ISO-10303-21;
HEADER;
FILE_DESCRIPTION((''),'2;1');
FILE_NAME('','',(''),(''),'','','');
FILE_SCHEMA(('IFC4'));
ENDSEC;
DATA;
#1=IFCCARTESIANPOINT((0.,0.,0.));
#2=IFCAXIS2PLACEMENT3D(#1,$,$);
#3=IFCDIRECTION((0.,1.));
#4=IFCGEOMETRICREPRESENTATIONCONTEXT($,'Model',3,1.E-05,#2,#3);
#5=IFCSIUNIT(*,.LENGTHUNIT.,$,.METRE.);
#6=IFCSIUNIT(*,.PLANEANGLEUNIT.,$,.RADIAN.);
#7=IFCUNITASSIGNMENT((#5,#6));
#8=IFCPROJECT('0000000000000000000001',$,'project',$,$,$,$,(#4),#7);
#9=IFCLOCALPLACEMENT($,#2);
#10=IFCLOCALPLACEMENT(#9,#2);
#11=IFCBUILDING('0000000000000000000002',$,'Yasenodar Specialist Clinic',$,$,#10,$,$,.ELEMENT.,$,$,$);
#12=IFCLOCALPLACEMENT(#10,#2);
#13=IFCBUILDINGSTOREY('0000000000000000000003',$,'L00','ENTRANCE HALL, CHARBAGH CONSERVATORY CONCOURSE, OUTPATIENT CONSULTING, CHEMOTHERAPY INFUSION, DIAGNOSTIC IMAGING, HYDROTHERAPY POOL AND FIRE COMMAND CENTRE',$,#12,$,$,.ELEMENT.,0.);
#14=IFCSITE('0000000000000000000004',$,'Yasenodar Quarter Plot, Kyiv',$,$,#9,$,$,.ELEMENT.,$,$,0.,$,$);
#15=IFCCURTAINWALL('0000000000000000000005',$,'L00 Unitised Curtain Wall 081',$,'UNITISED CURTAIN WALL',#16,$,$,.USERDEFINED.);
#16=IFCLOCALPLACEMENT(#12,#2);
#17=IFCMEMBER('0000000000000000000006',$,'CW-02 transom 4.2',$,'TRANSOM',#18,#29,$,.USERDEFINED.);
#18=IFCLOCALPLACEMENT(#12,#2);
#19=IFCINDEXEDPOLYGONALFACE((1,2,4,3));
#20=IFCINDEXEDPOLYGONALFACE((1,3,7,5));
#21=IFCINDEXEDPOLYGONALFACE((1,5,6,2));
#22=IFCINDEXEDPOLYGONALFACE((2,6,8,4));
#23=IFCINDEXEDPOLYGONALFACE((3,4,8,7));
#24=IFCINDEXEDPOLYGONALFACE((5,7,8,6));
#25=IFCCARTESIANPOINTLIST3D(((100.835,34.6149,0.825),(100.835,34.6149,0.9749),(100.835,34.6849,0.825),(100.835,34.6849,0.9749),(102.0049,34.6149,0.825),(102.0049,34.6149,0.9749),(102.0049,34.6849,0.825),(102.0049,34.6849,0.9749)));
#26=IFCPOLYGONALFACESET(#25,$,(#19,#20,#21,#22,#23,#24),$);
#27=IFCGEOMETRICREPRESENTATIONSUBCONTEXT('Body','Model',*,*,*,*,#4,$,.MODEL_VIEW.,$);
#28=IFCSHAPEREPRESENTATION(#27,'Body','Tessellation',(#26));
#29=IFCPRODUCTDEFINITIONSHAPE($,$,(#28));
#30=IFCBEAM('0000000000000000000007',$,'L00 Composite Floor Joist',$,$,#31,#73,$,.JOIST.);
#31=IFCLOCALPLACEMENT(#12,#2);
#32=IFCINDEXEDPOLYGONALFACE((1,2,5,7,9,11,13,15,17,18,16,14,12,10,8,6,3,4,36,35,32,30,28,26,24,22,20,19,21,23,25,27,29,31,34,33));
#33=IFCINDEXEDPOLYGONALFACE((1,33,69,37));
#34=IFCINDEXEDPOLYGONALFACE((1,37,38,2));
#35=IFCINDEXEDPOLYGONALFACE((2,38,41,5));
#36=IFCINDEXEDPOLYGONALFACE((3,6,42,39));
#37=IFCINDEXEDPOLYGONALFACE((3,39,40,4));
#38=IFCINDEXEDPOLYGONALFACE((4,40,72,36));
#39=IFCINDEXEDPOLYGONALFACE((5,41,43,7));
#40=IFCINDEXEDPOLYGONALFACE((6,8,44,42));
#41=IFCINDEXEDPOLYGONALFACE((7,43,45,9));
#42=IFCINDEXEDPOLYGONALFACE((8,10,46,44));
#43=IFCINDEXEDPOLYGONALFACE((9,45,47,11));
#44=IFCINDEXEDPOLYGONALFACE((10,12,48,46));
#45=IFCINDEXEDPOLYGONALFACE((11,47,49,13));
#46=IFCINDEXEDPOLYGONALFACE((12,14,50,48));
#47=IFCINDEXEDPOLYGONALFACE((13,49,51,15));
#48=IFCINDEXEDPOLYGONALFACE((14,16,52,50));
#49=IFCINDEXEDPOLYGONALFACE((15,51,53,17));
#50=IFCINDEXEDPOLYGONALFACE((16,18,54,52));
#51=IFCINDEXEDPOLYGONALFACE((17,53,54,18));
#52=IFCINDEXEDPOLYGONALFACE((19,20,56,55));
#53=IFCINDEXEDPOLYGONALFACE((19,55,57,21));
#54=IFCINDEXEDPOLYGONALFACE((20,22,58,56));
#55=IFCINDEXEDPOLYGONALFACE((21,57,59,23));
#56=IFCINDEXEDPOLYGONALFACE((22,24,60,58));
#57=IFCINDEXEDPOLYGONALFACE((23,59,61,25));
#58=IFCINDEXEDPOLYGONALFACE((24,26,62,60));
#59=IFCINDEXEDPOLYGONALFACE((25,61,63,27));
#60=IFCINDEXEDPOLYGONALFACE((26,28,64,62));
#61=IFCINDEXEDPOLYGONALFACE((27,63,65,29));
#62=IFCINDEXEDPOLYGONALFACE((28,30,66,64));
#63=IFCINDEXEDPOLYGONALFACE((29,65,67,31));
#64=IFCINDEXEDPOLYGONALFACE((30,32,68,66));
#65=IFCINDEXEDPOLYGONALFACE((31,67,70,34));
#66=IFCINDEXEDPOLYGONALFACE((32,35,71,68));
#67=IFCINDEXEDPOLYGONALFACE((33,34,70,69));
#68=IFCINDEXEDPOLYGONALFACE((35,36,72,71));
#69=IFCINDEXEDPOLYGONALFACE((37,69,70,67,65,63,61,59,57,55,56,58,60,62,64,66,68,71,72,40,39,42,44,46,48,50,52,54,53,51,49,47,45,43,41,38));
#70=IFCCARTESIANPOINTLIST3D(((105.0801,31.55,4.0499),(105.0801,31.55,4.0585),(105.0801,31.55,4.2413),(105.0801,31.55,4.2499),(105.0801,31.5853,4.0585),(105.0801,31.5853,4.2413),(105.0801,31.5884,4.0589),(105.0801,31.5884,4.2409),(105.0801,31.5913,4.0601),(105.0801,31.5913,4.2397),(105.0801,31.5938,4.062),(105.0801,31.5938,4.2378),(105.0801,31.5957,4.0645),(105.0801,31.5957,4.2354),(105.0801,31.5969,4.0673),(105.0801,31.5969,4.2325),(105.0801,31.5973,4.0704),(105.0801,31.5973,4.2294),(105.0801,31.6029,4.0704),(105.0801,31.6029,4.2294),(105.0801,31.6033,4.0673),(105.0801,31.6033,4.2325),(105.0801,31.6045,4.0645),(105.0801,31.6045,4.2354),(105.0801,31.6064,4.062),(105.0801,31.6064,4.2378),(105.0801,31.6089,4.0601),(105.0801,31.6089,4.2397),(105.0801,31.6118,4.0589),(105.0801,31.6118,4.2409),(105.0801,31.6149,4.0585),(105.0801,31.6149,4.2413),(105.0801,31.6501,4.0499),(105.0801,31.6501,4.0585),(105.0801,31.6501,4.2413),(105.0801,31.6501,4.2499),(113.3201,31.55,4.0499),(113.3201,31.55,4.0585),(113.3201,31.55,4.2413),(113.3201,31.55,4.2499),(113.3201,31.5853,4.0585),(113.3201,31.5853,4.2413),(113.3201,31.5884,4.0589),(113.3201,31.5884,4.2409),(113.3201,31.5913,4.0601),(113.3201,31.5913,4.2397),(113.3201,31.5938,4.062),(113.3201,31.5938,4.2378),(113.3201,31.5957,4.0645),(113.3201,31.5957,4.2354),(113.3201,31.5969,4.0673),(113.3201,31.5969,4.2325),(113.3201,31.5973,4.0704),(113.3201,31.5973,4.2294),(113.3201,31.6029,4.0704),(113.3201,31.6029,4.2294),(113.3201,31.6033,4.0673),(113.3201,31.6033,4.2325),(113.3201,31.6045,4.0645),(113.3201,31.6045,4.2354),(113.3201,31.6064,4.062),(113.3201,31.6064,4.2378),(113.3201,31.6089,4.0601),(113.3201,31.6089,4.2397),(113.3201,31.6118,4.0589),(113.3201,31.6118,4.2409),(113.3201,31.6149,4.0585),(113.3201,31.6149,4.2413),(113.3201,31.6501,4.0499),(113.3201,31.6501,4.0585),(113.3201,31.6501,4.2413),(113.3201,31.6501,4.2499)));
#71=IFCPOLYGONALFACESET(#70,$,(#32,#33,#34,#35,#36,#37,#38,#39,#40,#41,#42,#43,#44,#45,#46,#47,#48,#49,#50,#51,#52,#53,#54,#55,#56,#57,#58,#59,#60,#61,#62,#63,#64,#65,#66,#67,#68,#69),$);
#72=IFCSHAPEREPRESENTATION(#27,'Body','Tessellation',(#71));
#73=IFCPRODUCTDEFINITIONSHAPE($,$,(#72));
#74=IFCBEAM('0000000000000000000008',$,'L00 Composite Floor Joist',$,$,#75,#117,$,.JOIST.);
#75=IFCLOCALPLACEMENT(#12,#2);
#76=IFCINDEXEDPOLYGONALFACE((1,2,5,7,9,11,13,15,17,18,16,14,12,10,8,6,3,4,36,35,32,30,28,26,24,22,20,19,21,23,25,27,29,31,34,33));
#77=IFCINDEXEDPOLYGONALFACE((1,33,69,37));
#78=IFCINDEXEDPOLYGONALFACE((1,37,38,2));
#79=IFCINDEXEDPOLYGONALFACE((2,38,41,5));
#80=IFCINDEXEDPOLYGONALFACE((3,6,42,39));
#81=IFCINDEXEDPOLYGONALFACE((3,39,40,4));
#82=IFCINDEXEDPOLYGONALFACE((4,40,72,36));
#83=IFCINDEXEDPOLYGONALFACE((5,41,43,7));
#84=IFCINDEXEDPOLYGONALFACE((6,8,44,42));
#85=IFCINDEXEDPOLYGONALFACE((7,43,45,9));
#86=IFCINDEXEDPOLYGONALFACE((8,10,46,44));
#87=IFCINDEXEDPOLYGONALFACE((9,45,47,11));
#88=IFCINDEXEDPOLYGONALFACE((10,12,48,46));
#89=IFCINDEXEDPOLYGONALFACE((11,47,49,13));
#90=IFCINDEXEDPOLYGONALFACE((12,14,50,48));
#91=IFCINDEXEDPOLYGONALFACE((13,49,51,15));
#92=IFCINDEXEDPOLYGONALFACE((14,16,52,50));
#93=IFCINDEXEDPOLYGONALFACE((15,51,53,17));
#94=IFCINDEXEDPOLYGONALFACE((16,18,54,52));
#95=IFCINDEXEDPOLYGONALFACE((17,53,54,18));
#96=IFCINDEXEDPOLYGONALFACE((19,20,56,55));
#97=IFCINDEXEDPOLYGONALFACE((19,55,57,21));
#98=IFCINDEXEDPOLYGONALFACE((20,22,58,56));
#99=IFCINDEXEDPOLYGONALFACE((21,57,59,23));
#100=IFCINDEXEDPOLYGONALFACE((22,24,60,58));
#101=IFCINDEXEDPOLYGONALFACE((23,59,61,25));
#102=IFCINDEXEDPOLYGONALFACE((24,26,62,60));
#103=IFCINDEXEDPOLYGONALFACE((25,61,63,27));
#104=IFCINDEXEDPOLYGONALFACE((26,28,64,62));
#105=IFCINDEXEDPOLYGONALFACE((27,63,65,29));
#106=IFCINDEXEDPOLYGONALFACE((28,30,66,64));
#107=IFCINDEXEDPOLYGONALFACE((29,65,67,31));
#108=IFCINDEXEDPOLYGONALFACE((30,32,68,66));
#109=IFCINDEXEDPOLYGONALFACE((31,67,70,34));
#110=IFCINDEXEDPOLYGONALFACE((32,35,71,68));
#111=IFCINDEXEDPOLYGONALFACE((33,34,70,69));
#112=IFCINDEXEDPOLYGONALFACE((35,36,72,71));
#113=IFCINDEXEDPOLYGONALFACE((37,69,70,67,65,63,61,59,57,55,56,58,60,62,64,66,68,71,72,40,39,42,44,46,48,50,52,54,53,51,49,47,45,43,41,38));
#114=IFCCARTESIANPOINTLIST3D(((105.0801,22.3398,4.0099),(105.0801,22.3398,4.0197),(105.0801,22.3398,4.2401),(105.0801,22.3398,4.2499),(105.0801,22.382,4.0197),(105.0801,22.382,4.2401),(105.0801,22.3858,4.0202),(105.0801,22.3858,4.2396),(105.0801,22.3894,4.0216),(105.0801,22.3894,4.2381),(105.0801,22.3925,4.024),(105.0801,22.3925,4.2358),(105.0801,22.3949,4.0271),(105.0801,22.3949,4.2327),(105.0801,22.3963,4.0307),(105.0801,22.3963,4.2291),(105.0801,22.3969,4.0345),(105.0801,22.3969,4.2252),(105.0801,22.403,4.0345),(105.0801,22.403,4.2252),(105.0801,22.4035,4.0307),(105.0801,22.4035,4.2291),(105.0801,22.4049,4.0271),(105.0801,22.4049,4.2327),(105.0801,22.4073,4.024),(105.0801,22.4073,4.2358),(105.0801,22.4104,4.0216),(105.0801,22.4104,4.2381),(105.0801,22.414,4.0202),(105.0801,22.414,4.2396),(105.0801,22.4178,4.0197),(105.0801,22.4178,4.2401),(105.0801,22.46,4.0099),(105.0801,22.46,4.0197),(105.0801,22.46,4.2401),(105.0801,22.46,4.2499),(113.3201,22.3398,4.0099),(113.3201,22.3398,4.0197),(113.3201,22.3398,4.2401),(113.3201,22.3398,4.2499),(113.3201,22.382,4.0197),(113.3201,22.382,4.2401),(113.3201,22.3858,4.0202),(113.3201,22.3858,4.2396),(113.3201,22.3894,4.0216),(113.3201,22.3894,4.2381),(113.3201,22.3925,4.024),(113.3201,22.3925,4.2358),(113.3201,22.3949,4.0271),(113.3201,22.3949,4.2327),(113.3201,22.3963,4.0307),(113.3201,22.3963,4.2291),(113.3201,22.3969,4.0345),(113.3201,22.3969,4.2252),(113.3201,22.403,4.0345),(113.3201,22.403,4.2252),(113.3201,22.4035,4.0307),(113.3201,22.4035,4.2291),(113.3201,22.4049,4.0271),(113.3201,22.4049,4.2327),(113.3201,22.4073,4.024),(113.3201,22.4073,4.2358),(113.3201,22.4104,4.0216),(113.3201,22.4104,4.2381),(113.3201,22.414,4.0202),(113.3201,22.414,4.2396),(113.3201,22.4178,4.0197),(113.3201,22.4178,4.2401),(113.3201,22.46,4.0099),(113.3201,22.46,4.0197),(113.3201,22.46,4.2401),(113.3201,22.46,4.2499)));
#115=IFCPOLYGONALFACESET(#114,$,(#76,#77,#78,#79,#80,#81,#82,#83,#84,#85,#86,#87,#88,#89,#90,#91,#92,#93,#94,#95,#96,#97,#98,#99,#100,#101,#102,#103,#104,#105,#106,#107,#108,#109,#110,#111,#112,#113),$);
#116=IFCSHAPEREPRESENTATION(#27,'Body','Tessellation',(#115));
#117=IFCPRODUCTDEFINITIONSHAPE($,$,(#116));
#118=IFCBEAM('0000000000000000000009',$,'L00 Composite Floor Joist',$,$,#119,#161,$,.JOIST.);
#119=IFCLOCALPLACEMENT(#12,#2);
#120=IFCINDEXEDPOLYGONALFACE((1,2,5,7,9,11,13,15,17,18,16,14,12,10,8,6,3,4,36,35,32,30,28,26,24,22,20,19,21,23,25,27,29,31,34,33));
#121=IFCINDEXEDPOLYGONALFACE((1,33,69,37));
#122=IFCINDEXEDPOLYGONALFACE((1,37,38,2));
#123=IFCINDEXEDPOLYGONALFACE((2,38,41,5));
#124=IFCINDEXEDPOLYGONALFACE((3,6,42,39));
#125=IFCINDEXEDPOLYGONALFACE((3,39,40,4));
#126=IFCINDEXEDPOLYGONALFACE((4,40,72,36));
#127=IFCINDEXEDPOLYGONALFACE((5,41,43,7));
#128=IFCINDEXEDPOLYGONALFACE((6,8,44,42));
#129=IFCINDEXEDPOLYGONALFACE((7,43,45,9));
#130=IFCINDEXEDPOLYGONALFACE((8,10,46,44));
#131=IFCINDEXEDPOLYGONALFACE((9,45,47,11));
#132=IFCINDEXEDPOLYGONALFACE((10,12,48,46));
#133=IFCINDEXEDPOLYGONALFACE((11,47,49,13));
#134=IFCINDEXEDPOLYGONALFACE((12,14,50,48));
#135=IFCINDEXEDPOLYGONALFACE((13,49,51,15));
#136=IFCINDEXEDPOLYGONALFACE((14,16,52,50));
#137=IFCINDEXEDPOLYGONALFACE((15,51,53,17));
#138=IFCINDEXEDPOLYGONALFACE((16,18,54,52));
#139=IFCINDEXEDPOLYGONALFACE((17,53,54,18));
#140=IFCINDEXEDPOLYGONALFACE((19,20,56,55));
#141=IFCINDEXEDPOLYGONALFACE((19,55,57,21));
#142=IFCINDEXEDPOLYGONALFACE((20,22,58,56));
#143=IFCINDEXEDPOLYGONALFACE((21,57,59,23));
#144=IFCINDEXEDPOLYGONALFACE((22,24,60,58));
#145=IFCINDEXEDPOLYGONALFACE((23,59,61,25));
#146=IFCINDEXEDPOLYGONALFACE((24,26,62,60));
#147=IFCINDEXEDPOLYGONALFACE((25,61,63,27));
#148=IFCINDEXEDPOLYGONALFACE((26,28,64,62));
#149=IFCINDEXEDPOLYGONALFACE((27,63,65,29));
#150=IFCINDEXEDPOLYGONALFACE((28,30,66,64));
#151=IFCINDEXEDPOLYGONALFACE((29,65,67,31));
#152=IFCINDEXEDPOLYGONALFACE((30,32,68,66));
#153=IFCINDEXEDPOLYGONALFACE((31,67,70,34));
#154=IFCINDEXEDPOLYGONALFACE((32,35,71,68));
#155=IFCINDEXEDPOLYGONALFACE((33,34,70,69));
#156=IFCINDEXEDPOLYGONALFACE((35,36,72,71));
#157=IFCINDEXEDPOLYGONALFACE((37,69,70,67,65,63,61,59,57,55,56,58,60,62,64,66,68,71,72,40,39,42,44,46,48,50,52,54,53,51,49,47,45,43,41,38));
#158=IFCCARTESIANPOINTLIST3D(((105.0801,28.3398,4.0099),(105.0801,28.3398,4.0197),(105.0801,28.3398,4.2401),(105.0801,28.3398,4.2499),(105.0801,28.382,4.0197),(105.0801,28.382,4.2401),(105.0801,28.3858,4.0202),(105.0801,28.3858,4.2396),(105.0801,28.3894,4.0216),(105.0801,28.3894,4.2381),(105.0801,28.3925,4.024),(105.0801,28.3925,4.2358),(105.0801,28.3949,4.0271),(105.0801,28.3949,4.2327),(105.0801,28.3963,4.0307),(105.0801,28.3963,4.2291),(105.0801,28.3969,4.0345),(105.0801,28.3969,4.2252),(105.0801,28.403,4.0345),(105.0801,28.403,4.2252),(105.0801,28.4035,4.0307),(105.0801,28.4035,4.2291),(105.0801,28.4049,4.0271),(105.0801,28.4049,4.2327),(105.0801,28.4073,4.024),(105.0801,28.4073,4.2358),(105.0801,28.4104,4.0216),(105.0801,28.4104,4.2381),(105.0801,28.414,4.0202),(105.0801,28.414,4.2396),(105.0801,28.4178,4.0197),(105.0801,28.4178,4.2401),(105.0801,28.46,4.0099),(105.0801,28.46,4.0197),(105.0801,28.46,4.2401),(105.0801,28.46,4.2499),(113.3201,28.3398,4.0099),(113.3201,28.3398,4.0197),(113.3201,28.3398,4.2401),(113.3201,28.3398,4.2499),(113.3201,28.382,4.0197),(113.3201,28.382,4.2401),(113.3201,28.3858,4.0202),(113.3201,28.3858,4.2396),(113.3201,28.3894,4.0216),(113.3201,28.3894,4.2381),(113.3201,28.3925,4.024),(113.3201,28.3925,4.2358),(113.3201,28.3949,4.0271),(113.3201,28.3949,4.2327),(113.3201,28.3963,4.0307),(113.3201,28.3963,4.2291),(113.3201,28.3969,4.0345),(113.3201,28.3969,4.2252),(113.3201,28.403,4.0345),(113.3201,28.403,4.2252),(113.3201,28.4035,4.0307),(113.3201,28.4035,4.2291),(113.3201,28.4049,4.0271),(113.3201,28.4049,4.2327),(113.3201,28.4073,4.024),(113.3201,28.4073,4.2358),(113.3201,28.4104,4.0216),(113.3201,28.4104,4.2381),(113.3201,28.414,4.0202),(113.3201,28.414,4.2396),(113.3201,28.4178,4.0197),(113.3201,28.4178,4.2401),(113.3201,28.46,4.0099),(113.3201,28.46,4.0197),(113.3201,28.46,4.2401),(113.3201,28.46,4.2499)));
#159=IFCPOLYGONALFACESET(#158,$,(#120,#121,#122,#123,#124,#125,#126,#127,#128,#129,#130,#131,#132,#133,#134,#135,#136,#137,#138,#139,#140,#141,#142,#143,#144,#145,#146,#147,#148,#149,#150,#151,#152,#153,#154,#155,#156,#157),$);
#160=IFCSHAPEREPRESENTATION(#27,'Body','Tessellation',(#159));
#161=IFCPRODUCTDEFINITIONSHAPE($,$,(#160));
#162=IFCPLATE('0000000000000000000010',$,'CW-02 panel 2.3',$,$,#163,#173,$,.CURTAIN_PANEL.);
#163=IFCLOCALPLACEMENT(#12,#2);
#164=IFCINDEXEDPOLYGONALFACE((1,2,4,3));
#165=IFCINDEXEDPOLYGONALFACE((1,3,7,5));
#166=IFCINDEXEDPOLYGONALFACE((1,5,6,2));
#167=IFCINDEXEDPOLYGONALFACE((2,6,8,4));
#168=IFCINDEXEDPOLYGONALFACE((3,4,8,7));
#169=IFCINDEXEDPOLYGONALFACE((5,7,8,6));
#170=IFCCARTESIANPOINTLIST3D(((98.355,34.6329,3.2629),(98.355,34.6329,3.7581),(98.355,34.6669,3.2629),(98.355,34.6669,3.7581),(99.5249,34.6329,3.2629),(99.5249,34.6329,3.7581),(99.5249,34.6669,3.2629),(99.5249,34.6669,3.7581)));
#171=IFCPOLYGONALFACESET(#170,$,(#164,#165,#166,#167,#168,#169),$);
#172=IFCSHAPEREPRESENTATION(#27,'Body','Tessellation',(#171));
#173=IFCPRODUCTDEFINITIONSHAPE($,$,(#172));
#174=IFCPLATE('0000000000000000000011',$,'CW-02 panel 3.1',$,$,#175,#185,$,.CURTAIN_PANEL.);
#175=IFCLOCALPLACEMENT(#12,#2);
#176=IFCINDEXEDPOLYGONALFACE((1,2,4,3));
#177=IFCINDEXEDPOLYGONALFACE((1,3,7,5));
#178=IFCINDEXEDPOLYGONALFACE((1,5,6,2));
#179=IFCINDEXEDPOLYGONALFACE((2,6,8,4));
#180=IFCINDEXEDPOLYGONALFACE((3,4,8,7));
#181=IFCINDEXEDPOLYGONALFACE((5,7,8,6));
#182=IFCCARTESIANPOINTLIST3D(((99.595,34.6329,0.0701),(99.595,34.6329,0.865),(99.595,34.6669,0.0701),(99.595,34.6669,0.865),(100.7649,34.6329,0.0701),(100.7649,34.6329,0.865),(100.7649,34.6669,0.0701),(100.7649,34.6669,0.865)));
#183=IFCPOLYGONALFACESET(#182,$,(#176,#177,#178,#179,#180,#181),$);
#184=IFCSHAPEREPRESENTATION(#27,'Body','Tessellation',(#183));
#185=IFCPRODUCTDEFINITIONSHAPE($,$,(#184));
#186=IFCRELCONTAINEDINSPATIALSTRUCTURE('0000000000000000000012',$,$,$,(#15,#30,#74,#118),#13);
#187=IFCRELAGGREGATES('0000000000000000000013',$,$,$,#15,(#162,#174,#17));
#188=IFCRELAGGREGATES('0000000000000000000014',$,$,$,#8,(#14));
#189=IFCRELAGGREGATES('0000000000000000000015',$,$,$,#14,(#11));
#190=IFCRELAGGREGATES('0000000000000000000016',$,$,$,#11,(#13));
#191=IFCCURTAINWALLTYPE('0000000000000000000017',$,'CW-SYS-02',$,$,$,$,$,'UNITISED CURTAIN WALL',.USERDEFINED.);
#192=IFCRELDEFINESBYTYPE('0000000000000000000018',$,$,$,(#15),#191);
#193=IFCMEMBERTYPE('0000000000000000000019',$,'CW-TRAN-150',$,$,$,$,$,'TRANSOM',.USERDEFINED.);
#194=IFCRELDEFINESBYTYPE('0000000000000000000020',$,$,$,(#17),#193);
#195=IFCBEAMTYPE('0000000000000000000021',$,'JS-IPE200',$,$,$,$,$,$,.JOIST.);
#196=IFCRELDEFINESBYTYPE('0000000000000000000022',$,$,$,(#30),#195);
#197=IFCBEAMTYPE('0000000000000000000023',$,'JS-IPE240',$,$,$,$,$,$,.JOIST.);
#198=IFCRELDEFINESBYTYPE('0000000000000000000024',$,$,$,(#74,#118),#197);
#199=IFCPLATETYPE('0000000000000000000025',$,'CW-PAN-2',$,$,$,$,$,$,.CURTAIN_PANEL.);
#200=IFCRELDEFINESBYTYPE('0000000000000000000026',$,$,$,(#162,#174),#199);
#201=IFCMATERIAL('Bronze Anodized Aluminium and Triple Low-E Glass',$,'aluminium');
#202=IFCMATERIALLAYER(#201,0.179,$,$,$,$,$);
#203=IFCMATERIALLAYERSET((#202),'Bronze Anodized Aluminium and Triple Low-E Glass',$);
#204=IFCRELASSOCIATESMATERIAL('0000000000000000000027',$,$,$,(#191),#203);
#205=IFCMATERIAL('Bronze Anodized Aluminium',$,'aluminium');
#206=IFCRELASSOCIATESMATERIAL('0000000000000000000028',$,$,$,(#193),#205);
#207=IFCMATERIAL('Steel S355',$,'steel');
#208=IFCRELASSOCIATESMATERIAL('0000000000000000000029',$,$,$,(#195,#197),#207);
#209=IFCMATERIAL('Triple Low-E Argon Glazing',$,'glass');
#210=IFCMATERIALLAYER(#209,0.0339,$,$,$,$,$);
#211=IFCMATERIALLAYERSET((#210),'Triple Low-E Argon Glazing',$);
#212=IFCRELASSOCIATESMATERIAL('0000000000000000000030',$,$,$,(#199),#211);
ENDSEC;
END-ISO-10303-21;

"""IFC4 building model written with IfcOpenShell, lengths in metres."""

from ifc_helpers import new_model, si_unit, direction, frame, origin, origin_2d, place, context, subcontext, project, spatial, rectangle, i_section, extrude, material, layer, layer_set, material_profile, profile_set, type_object, element, aggregate, save


model = new_model("IFC4")

# Units and contexts
model_context = context("Model", 3, precision=1e-05, world=origin(), true_north=direction((0.0, 1.0)))
body_context = subcontext(model_context, "Body", "Model", "MODEL_VIEW")
ifc_project = project(units=[si_unit("LENGTHUNIT", "METRE"), si_unit("PLANEANGLEUNIT", "RADIAN")], contexts=[model_context])

# Site, building, storey
site_placement = place(None, origin())
site = spatial("IfcSite", under=ifc_project, at=site_placement, Name="Yasenodar Quarter Plot, Kyiv", CompositionType="ELEMENT", RefElevation=0.0)
building_placement = place(site_placement, origin())
building = spatial("IfcBuilding", under=site, at=building_placement, Name="Yasenodar Specialist Clinic", CompositionType="ELEMENT")
storey_placement = place(building_placement, origin())
storey = spatial("IfcBuildingStorey", under=building, at=storey_placement, Name="L00", Description="ENTRANCE HALL, CHARBAGH CONSERVATORY CONCOURSE, OUTPATIENT CONSULTING, CHEMOTHERAPY INFUSION, DIAGNOSTIC IMAGING, HYDROTHERAPY POOL AND FIRE COMMAND CENTRE", CompositionType="ELEMENT", Elevation=0.0)

# Shared definitions
ifc_material_1 = material(Name="Steel S355", Category="steel")

# Curtain wall, member
ifc_material_2 = material(Name="Bronze Anodized Aluminium and Triple Low-E Glass", Category="aluminium")
ifc_layer_1 = layer(ifc_material_2, 0.179)
ifc_layer_set_1 = layer_set([ifc_layer_1], Name="Bronze Anodized Aluminium and Triple Low-E Glass")
curtain_wall_type = type_object("IfcCurtainWallType", Name="CW-SYS-02", ElementType="UNITISED CURTAIN WALL", PredefinedType="USERDEFINED", material=ifc_layer_set_1)
curtain_wall_placement = place(storey_placement, origin())
curtain_wall = element("IfcCurtainWall", 1, at=curtain_wall_placement, inside=storey, type_object=curtain_wall_type, Name="L00 Unitised Curtain Wall 081", ObjectType="UNITISED CURTAIN WALL", PredefinedType="USERDEFINED")
ifc_material_3 = material(Name="Bronze Anodized Aluminium", Category="aluminium")
ifc_material_profile_1 = material_profile(ifc_material_3, rectangle(XDim=0.0701, YDim=0.1499, at=origin_2d()), Name="CW-TRAN 70x150")
ifc_profile_set_1 = profile_set([ifc_material_profile_1], Name="Bronze Anodized Aluminium")
member_type_1 = type_object("IfcMemberType", Name="CW-TRAN-150", ElementType="TRANSOM", PredefinedType="USERDEFINED", material=ifc_profile_set_1)
member_1_placement = place(storey_placement, frame((100.835, 34.6499, 0.8999), z_axis=(1.0, 0.0, 0.0), x_axis=(0.0, 1.0, 0.0)))
member_1 = element("IfcMember", 2, at=member_1_placement, type_object=member_type_1, Name="CW-02 transom 4.2", ObjectType="TRANSOM", PredefinedType="USERDEFINED", context=body_context, shape_type="SweptSolid", body=[
    extrude(rectangle(XDim=0.0701, YDim=0.1499, at=origin_2d()), origin(), (0.0, 0.0, 1.0), 1.1699),
])

# Beams
ifc_material_profile_2 = material_profile(ifc_material_1, i_section(OverallWidth=0.1001, OverallDepth=0.2, WebThickness=0.0056, FlangeThickness=0.0085, FilletRadius=0.012, at=origin_2d()), Name="IPE 200")
ifc_profile_set_2 = profile_set([ifc_material_profile_2], Name="Steel S355")
beam_type_1 = type_object("IfcBeamType", Name="JS-IPE200", PredefinedType="JOIST", material=ifc_profile_set_2)
beam_1_placement = place(storey_placement, frame((105.0801, 31.6001, 4.1499), z_axis=(1.0, 0.0, 0.0), x_axis=(0.0, 1.0, 0.0)))
element("IfcBeam", 3, at=beam_1_placement, inside=storey, type_object=beam_type_1, Name="L00 Composite Floor Joist", PredefinedType="JOIST", context=body_context, shape_type="SweptSolid", body=[
    extrude(i_section(OverallWidth=0.1001, OverallDepth=0.2, WebThickness=0.0056, FlangeThickness=0.0085, FilletRadius=0.012, at=origin_2d()), origin(), (0.0, 0.0, 1.0), 8.24),
])
ifc_material_profile_3 = material_profile(ifc_material_1, i_section(OverallWidth=0.1201, OverallDepth=0.24, WebThickness=0.0061, FlangeThickness=0.0098, FilletRadius=0.0149, at=origin_2d()), Name="IPE 240")
ifc_profile_set_3 = profile_set([ifc_material_profile_3], Name="Steel S355")
beam_type_2 = type_object("IfcBeamType", Name="JS-IPE240", PredefinedType="JOIST", material=ifc_profile_set_3)
for number, where, z_axis, x_axis, name in (
    (4, (105.0801, 22.3999, 4.1299), (1.0, 0.0, 0.0), (0.0, 1.0, 0.0), "L00 Composite Floor Joist"),
    (5, (105.0801, 28.3999, 4.1299), (1.0, 0.0, 0.0), (0.0, 1.0, 0.0), "L00 Composite Floor Joist"),
):
    element("IfcBeam", number, at=place(storey_placement, frame(where, z_axis=z_axis, x_axis=x_axis)), inside=storey, type_object=beam_type_2, Name=name, PredefinedType="JOIST", context=body_context, shape_type="SweptSolid", body=[
        extrude(i_section(OverallWidth=0.1201, OverallDepth=0.24, WebThickness=0.0061, FlangeThickness=0.0098, FilletRadius=0.0149, at=origin_2d()), origin(), (0.0, 0.0, 1.0), 8.24),
    ])

# Plates
ifc_material_4 = material(Name="Triple Low-E Argon Glazing", Category="glass")
ifc_layer_2 = layer(ifc_material_4, 0.0339)
ifc_layer_set_2 = layer_set([ifc_layer_2], Name="Triple Low-E Argon Glazing")
plate_type = type_object("IfcPlateType", Name="CW-PAN-2", PredefinedType="CURTAIN_PANEL", material=ifc_layer_set_2)
plate_1_placement = place(storey_placement, frame((98.9399, 34.6499, 3.2629), z_axis=(0.0, 0.0, 1.0), x_axis=(1.0, 0.0, 0.0)))
plate_1 = element("IfcPlate", 6, at=plate_1_placement, type_object=plate_type, Name="CW-02 panel 2.3", PredefinedType="CURTAIN_PANEL", context=body_context, shape_type="SweptSolid", body=[
    extrude(rectangle(XDim=1.1699, YDim=0.0339, at=origin_2d()), origin(), (0.0, 0.0, 1.0), 0.4951),
])
plate_2_placement = place(storey_placement, frame((100.1799, 34.6499, 0.0701), z_axis=(0.0, 0.0, 1.0), x_axis=(1.0, 0.0, 0.0)))
plate_2 = element("IfcPlate", 7, at=plate_2_placement, type_object=plate_type, Name="CW-02 panel 3.1", PredefinedType="CURTAIN_PANEL", context=body_context, shape_type="SweptSolid", body=[
    extrude(rectangle(XDim=1.1699, YDim=0.0339, at=origin_2d()), origin(), (0.0, 0.0, 1.0), 0.7949),
])
aggregate(curtain_wall, [plate_1, plate_2, member_1])

save(model, "model.ifc")
